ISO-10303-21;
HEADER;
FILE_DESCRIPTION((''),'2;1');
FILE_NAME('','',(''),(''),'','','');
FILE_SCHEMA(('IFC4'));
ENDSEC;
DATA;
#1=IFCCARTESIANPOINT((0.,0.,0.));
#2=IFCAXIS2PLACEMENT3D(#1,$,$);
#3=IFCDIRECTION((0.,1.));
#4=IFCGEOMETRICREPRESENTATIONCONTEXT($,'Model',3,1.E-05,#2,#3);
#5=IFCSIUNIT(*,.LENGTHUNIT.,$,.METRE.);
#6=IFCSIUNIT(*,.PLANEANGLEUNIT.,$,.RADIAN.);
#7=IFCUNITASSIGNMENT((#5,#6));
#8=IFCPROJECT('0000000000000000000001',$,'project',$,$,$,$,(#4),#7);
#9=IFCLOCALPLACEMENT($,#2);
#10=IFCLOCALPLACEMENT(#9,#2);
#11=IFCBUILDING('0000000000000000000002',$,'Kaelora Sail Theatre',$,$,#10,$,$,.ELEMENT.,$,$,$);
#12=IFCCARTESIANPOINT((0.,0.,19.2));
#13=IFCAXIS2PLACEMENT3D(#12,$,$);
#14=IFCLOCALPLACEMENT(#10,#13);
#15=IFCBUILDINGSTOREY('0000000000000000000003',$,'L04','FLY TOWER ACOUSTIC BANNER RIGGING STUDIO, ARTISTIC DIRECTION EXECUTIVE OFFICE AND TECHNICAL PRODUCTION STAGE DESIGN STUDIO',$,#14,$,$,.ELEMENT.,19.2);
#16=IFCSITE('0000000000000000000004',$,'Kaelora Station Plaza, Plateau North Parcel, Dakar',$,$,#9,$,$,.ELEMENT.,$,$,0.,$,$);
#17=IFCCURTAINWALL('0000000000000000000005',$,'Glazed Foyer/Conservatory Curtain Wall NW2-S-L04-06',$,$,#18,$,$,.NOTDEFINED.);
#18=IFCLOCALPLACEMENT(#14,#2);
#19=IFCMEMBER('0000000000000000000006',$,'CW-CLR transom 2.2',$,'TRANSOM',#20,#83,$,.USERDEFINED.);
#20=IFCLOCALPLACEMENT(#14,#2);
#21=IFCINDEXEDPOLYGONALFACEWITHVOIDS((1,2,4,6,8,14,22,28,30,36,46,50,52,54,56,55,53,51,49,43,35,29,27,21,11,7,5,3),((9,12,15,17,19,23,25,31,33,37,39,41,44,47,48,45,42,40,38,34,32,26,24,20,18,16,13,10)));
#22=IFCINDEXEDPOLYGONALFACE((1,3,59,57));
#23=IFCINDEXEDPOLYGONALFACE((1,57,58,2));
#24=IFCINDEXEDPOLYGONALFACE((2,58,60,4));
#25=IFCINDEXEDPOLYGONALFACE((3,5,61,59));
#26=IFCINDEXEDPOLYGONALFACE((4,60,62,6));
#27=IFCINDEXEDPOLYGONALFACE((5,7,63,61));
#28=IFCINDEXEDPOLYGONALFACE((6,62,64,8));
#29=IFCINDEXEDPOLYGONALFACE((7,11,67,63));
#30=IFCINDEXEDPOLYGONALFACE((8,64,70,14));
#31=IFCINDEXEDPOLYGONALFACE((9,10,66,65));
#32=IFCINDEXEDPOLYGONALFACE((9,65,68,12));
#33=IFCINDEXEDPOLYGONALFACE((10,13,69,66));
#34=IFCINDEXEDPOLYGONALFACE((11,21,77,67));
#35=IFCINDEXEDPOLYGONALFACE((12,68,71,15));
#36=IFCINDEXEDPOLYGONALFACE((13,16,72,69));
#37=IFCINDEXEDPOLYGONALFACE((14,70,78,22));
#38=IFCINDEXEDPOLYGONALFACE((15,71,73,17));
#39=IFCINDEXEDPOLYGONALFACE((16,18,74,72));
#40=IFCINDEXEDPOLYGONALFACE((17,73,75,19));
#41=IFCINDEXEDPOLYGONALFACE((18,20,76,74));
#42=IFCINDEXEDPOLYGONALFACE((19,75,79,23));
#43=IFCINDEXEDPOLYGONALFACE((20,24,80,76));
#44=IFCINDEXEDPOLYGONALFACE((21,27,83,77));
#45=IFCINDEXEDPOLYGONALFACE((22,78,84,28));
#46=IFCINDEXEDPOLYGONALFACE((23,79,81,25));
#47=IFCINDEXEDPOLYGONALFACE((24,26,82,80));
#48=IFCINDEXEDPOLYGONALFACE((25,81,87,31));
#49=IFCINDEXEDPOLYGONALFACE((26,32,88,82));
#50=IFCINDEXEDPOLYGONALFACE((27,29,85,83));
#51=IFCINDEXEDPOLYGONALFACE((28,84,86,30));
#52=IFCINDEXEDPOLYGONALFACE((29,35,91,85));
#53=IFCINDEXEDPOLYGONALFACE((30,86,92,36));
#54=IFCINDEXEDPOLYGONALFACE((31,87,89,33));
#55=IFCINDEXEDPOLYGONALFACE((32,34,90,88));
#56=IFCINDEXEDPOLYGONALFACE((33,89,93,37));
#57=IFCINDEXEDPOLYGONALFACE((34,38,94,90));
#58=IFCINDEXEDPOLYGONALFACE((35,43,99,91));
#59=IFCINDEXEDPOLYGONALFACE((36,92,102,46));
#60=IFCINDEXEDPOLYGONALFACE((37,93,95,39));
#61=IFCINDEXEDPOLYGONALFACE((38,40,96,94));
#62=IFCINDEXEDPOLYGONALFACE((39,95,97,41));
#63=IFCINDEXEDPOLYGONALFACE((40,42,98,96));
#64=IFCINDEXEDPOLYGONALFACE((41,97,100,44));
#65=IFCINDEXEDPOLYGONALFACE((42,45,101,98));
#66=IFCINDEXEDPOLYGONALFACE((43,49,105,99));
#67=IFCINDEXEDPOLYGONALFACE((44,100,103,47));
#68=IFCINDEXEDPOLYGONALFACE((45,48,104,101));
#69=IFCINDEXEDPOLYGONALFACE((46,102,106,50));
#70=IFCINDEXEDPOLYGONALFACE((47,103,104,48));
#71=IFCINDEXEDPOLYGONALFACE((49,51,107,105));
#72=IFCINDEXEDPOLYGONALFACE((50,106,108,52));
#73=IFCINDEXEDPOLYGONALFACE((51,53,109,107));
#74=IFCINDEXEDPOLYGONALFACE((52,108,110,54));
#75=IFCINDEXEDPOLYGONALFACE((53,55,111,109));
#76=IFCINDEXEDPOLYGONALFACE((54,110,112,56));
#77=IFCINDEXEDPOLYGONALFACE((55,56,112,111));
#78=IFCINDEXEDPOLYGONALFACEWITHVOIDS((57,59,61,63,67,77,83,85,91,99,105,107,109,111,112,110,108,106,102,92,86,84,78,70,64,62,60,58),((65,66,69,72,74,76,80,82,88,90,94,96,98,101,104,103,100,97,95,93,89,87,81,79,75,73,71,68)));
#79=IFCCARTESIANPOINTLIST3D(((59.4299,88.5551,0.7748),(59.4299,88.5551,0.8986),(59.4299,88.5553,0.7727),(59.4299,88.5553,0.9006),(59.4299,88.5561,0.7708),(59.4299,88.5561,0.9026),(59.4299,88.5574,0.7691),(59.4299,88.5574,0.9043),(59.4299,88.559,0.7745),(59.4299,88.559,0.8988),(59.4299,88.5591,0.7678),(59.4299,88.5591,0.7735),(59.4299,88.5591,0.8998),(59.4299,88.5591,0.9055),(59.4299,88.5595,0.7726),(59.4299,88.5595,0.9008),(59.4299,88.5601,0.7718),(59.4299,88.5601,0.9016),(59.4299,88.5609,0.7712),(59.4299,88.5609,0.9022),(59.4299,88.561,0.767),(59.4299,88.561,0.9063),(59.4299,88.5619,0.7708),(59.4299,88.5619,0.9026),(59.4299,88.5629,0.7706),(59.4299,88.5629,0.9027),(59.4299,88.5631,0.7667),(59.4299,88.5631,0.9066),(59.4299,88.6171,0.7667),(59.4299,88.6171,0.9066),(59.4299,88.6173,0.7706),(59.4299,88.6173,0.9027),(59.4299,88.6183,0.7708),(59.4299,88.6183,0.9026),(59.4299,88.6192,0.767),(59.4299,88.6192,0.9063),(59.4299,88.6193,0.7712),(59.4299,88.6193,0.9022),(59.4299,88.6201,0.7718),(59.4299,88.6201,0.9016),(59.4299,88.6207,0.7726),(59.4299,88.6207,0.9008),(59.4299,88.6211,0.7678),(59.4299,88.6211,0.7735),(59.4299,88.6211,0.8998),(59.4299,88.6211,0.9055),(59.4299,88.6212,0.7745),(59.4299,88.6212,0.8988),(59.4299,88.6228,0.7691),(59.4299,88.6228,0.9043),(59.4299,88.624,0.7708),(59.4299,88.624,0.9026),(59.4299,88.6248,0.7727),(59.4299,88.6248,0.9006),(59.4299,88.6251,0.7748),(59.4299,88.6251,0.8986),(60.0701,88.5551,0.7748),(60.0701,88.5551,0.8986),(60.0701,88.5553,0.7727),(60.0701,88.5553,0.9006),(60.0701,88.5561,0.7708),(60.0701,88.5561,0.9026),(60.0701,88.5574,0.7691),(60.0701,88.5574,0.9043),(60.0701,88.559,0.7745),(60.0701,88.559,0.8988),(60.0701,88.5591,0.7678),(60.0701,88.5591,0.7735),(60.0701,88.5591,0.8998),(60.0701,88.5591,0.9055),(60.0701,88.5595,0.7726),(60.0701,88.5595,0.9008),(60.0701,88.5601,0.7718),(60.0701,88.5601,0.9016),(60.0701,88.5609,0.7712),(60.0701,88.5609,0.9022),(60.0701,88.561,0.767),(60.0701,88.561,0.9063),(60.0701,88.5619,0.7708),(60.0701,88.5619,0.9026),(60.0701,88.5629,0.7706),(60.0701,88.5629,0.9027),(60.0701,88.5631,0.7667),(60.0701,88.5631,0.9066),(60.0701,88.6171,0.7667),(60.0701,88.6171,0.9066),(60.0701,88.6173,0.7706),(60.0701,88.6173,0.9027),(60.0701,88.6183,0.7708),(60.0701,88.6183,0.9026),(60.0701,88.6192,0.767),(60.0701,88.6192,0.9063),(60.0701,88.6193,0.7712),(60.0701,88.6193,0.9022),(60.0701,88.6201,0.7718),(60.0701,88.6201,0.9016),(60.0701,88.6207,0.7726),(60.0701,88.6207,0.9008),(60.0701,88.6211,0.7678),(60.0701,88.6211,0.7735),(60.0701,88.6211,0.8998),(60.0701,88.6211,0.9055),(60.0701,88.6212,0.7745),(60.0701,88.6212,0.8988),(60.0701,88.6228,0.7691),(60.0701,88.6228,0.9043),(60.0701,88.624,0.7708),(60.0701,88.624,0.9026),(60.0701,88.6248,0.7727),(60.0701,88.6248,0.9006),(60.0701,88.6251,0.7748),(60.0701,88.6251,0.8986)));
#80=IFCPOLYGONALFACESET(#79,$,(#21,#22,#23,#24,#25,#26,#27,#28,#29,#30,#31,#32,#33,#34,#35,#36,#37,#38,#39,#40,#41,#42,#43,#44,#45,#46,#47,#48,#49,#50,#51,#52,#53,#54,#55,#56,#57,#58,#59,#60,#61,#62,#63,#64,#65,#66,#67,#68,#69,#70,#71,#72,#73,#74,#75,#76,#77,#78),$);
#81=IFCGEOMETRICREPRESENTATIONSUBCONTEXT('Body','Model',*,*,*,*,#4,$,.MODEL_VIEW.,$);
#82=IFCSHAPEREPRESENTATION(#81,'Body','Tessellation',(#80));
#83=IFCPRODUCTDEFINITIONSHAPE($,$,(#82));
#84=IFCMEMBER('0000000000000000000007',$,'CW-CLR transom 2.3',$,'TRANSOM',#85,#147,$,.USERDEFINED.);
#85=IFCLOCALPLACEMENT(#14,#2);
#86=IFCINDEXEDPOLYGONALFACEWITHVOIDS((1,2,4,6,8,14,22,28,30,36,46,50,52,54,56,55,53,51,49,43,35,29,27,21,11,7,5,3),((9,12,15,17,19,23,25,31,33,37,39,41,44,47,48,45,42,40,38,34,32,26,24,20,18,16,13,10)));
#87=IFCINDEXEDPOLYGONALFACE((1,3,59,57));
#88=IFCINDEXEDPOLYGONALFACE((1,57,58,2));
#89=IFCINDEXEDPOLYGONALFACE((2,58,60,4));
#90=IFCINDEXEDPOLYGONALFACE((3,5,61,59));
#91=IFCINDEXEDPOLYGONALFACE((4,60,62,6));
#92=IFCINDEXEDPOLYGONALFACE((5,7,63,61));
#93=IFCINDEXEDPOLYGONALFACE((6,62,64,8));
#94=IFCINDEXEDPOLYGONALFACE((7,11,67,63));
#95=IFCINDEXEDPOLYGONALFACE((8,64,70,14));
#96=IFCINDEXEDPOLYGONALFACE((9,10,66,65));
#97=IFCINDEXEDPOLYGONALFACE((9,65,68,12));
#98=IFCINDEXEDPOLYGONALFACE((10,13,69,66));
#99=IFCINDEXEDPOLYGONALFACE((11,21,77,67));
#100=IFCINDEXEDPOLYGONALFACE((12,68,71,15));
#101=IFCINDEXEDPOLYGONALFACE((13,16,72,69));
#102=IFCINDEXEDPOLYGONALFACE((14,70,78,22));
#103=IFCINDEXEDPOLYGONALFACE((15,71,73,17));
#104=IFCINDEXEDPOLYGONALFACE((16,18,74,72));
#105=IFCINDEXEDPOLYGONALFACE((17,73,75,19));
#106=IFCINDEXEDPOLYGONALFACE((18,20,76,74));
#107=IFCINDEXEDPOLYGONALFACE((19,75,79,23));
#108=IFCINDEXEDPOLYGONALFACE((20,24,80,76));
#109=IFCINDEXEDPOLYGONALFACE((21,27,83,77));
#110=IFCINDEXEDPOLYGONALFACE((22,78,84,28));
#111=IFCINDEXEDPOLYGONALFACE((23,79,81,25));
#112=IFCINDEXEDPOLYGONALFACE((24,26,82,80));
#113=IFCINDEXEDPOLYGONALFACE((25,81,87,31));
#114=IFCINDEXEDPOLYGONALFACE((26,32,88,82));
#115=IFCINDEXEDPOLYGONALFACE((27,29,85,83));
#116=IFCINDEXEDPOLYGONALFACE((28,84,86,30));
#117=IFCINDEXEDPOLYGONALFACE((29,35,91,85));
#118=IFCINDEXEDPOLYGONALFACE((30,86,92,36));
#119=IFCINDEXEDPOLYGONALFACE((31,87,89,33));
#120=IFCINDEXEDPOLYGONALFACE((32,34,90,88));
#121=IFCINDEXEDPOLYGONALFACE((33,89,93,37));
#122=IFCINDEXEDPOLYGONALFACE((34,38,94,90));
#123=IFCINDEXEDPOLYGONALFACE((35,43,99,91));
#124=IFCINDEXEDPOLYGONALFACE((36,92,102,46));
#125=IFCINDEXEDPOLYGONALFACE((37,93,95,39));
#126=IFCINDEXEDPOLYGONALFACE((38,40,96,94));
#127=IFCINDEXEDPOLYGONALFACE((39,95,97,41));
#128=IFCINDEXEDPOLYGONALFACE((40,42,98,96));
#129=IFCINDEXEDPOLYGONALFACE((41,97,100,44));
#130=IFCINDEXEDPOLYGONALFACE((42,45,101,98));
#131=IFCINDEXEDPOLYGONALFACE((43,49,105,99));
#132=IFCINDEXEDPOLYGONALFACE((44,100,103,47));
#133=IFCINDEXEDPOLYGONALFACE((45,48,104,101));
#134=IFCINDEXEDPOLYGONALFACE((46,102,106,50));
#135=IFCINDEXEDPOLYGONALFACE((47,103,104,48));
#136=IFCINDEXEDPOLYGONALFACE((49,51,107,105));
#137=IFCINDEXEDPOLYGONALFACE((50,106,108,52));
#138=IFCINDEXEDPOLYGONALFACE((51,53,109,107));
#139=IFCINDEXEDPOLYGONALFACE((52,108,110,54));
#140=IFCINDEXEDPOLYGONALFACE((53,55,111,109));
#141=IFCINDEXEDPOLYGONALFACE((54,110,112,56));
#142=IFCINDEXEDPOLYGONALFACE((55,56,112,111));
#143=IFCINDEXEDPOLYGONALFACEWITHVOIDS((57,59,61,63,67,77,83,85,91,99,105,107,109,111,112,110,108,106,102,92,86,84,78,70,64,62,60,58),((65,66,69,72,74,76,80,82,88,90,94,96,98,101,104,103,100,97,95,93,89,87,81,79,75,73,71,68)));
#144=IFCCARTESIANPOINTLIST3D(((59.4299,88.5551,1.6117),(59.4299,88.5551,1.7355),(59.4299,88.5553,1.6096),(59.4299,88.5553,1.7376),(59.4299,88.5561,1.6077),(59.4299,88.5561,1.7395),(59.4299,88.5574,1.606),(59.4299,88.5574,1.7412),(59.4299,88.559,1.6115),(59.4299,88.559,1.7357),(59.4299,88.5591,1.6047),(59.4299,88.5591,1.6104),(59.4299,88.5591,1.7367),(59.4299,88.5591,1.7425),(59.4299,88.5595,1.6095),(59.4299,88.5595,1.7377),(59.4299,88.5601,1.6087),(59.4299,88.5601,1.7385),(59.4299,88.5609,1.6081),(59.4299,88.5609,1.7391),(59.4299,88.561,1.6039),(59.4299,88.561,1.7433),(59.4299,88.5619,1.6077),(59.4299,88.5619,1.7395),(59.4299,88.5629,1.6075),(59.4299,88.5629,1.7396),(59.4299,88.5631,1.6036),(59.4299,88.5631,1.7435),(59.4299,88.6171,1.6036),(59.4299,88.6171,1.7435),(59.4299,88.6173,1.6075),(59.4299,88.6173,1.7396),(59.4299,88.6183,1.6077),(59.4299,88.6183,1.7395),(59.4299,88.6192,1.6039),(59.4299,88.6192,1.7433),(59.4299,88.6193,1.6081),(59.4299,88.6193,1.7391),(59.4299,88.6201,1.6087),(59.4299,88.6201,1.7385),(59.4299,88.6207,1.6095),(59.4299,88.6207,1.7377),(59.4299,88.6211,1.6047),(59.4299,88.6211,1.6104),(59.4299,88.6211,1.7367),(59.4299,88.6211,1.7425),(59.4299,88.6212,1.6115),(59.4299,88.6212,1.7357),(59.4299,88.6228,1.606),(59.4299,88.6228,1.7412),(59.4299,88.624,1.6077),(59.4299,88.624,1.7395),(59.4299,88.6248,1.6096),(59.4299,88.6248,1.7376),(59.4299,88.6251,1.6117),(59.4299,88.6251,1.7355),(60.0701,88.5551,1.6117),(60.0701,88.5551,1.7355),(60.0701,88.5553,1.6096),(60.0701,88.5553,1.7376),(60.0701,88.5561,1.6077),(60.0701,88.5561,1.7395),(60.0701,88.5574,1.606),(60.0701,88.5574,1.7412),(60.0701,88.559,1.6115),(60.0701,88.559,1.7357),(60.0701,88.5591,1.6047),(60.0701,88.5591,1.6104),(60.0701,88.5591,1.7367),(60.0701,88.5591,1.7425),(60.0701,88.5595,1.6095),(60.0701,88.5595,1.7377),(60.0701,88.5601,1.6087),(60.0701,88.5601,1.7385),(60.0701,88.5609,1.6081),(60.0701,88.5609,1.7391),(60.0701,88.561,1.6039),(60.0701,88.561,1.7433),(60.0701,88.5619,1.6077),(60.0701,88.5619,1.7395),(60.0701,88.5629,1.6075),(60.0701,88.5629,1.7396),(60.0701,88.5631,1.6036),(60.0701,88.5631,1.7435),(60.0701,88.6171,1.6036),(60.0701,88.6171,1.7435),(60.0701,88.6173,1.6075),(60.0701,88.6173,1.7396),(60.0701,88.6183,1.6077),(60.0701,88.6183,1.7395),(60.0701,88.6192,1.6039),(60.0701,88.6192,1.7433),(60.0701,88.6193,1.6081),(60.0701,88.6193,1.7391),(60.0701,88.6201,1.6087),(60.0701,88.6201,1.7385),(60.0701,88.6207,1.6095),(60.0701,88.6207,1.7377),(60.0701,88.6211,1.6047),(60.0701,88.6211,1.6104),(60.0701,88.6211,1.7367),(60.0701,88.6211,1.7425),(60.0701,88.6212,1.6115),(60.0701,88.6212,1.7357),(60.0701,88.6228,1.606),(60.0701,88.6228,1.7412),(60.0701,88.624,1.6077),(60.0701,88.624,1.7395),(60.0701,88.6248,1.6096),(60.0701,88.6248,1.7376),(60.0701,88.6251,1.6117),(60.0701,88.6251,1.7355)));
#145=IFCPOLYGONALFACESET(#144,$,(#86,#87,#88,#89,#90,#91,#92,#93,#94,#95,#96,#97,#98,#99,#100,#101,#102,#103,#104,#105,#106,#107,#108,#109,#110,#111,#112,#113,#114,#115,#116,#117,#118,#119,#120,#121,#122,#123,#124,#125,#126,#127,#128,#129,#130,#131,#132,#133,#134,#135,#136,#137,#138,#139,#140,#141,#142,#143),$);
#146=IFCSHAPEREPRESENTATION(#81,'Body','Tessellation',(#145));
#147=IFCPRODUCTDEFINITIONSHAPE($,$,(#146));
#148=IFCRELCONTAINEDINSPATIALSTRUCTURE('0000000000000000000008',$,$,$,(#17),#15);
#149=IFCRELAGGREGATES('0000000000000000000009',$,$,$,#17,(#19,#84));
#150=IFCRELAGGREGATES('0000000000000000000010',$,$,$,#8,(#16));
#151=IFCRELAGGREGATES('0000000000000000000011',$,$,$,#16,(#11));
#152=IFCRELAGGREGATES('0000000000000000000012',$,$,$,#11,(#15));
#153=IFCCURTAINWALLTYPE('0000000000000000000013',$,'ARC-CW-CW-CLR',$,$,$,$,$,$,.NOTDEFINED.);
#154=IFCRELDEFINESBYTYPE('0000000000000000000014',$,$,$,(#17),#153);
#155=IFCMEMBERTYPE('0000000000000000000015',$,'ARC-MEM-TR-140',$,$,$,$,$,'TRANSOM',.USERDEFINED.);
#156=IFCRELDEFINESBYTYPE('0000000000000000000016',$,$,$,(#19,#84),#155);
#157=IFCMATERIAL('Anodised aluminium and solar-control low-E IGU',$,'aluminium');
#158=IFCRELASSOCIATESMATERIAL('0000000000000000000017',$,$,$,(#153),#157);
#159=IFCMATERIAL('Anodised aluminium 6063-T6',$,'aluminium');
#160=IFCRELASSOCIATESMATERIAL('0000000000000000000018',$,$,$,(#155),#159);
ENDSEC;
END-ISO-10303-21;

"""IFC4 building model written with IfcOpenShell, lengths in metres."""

from ifc_helpers import new_model, si_unit, direction, frame, origin, origin_2d, place, context, subcontext, project, spatial, hollow_rectangle, extrude, material, material_profile, profile_set, type_object, element, aggregate, save


model = new_model("IFC4")

# Units and contexts
model_context = context("Model", 3, precision=1e-05, world=origin(), true_north=direction((0.0, 1.0)))
body_context = subcontext(model_context, "Body", "Model", "MODEL_VIEW")
ifc_project = project(units=[si_unit("LENGTHUNIT", "METRE"), si_unit("PLANEANGLEUNIT", "RADIAN")], contexts=[model_context])

# Site, building, storey
site_placement = place(None, origin())
site = spatial("IfcSite", under=ifc_project, at=site_placement, Name="Kaelora Station Plaza, Plateau North Parcel, Dakar", CompositionType="ELEMENT", RefElevation=0.0)
building_placement = place(site_placement, origin())
building = spatial("IfcBuilding", under=site, at=building_placement, Name="Kaelora Sail Theatre", CompositionType="ELEMENT")
storey_placement = place(building_placement, frame((0.0, 0.0, 19.2)))
storey = spatial("IfcBuildingStorey", under=building, at=storey_placement, Name="L04", Description="FLY TOWER ACOUSTIC BANNER RIGGING STUDIO, ARTISTIC DIRECTION EXECUTIVE OFFICE AND TECHNICAL PRODUCTION STAGE DESIGN STUDIO", CompositionType="ELEMENT", Elevation=19.2)

# Curtain wall, members
ifc_material_1 = material(Name="Anodised aluminium and solar-control low-E IGU", Category="aluminium")
curtain_wall_type = type_object("IfcCurtainWallType", Name="ARC-CW-CW-CLR", PredefinedType="NOTDEFINED", material=ifc_material_1)
curtain_wall_placement = place(storey_placement, origin())
curtain_wall = element("IfcCurtainWall", 1, at=curtain_wall_placement, inside=storey, type_object=curtain_wall_type, Name="Glazed Foyer/Conservatory Curtain Wall NW2-S-L04-06", PredefinedType="NOTDEFINED")
ifc_material_2 = material(Name="Anodised aluminium 6063-T6", Category="aluminium")
ifc_material_profile_1 = material_profile(ifc_material_2, hollow_rectangle(XDim=0.0701, YDim=0.1399, WallThickness=0.0039, InnerFilletRadius=0.0039, OuterFilletRadius=0.0081, at=origin_2d()), Name="ALU-TRAN 70x140x4")
ifc_profile_set_1 = profile_set([ifc_material_profile_1], Name="Anodised aluminium 6063-T6")
member_type_1 = type_object("IfcMemberType", Name="ARC-MEM-TR-140", ElementType="TRANSOM", PredefinedType="USERDEFINED", material=ifc_profile_set_1)
member_1_placement = place(storey_placement, frame((59.4299, 88.5901, 0.8367), z_axis=(1.0, 0.0, 0.0), x_axis=(0.0, 1.0, 0.0)))
member_1 = element("IfcMember", 2, at=member_1_placement, type_object=member_type_1, Name="CW-CLR transom 2.2", ObjectType="TRANSOM", PredefinedType="USERDEFINED", context=body_context, shape_type="SweptSolid", body=[
    extrude(hollow_rectangle(XDim=0.0701, YDim=0.1399, WallThickness=0.0039, InnerFilletRadius=0.0039, OuterFilletRadius=0.0081, at=origin_2d()), origin(), (0.0, 0.0, 1.0), 0.6401),
])
member_2_placement = place(storey_placement, frame((59.4299, 88.5901, 1.6736), z_axis=(1.0, 0.0, 0.0), x_axis=(0.0, 1.0, 0.0)))
member_2 = element("IfcMember", 3, at=member_2_placement, type_object=member_type_1, Name="CW-CLR transom 2.3", ObjectType="TRANSOM", PredefinedType="USERDEFINED", context=body_context, shape_type="SweptSolid", body=[
    extrude(hollow_rectangle(XDim=0.0701, YDim=0.1399, WallThickness=0.0039, InnerFilletRadius=0.0039, OuterFilletRadius=0.0081, at=origin_2d()), origin(), (0.0, 0.0, 1.0), 0.6401),
])

aggregate(curtain_wall, [member_1, member_2])

save(model, "model.ifc")
